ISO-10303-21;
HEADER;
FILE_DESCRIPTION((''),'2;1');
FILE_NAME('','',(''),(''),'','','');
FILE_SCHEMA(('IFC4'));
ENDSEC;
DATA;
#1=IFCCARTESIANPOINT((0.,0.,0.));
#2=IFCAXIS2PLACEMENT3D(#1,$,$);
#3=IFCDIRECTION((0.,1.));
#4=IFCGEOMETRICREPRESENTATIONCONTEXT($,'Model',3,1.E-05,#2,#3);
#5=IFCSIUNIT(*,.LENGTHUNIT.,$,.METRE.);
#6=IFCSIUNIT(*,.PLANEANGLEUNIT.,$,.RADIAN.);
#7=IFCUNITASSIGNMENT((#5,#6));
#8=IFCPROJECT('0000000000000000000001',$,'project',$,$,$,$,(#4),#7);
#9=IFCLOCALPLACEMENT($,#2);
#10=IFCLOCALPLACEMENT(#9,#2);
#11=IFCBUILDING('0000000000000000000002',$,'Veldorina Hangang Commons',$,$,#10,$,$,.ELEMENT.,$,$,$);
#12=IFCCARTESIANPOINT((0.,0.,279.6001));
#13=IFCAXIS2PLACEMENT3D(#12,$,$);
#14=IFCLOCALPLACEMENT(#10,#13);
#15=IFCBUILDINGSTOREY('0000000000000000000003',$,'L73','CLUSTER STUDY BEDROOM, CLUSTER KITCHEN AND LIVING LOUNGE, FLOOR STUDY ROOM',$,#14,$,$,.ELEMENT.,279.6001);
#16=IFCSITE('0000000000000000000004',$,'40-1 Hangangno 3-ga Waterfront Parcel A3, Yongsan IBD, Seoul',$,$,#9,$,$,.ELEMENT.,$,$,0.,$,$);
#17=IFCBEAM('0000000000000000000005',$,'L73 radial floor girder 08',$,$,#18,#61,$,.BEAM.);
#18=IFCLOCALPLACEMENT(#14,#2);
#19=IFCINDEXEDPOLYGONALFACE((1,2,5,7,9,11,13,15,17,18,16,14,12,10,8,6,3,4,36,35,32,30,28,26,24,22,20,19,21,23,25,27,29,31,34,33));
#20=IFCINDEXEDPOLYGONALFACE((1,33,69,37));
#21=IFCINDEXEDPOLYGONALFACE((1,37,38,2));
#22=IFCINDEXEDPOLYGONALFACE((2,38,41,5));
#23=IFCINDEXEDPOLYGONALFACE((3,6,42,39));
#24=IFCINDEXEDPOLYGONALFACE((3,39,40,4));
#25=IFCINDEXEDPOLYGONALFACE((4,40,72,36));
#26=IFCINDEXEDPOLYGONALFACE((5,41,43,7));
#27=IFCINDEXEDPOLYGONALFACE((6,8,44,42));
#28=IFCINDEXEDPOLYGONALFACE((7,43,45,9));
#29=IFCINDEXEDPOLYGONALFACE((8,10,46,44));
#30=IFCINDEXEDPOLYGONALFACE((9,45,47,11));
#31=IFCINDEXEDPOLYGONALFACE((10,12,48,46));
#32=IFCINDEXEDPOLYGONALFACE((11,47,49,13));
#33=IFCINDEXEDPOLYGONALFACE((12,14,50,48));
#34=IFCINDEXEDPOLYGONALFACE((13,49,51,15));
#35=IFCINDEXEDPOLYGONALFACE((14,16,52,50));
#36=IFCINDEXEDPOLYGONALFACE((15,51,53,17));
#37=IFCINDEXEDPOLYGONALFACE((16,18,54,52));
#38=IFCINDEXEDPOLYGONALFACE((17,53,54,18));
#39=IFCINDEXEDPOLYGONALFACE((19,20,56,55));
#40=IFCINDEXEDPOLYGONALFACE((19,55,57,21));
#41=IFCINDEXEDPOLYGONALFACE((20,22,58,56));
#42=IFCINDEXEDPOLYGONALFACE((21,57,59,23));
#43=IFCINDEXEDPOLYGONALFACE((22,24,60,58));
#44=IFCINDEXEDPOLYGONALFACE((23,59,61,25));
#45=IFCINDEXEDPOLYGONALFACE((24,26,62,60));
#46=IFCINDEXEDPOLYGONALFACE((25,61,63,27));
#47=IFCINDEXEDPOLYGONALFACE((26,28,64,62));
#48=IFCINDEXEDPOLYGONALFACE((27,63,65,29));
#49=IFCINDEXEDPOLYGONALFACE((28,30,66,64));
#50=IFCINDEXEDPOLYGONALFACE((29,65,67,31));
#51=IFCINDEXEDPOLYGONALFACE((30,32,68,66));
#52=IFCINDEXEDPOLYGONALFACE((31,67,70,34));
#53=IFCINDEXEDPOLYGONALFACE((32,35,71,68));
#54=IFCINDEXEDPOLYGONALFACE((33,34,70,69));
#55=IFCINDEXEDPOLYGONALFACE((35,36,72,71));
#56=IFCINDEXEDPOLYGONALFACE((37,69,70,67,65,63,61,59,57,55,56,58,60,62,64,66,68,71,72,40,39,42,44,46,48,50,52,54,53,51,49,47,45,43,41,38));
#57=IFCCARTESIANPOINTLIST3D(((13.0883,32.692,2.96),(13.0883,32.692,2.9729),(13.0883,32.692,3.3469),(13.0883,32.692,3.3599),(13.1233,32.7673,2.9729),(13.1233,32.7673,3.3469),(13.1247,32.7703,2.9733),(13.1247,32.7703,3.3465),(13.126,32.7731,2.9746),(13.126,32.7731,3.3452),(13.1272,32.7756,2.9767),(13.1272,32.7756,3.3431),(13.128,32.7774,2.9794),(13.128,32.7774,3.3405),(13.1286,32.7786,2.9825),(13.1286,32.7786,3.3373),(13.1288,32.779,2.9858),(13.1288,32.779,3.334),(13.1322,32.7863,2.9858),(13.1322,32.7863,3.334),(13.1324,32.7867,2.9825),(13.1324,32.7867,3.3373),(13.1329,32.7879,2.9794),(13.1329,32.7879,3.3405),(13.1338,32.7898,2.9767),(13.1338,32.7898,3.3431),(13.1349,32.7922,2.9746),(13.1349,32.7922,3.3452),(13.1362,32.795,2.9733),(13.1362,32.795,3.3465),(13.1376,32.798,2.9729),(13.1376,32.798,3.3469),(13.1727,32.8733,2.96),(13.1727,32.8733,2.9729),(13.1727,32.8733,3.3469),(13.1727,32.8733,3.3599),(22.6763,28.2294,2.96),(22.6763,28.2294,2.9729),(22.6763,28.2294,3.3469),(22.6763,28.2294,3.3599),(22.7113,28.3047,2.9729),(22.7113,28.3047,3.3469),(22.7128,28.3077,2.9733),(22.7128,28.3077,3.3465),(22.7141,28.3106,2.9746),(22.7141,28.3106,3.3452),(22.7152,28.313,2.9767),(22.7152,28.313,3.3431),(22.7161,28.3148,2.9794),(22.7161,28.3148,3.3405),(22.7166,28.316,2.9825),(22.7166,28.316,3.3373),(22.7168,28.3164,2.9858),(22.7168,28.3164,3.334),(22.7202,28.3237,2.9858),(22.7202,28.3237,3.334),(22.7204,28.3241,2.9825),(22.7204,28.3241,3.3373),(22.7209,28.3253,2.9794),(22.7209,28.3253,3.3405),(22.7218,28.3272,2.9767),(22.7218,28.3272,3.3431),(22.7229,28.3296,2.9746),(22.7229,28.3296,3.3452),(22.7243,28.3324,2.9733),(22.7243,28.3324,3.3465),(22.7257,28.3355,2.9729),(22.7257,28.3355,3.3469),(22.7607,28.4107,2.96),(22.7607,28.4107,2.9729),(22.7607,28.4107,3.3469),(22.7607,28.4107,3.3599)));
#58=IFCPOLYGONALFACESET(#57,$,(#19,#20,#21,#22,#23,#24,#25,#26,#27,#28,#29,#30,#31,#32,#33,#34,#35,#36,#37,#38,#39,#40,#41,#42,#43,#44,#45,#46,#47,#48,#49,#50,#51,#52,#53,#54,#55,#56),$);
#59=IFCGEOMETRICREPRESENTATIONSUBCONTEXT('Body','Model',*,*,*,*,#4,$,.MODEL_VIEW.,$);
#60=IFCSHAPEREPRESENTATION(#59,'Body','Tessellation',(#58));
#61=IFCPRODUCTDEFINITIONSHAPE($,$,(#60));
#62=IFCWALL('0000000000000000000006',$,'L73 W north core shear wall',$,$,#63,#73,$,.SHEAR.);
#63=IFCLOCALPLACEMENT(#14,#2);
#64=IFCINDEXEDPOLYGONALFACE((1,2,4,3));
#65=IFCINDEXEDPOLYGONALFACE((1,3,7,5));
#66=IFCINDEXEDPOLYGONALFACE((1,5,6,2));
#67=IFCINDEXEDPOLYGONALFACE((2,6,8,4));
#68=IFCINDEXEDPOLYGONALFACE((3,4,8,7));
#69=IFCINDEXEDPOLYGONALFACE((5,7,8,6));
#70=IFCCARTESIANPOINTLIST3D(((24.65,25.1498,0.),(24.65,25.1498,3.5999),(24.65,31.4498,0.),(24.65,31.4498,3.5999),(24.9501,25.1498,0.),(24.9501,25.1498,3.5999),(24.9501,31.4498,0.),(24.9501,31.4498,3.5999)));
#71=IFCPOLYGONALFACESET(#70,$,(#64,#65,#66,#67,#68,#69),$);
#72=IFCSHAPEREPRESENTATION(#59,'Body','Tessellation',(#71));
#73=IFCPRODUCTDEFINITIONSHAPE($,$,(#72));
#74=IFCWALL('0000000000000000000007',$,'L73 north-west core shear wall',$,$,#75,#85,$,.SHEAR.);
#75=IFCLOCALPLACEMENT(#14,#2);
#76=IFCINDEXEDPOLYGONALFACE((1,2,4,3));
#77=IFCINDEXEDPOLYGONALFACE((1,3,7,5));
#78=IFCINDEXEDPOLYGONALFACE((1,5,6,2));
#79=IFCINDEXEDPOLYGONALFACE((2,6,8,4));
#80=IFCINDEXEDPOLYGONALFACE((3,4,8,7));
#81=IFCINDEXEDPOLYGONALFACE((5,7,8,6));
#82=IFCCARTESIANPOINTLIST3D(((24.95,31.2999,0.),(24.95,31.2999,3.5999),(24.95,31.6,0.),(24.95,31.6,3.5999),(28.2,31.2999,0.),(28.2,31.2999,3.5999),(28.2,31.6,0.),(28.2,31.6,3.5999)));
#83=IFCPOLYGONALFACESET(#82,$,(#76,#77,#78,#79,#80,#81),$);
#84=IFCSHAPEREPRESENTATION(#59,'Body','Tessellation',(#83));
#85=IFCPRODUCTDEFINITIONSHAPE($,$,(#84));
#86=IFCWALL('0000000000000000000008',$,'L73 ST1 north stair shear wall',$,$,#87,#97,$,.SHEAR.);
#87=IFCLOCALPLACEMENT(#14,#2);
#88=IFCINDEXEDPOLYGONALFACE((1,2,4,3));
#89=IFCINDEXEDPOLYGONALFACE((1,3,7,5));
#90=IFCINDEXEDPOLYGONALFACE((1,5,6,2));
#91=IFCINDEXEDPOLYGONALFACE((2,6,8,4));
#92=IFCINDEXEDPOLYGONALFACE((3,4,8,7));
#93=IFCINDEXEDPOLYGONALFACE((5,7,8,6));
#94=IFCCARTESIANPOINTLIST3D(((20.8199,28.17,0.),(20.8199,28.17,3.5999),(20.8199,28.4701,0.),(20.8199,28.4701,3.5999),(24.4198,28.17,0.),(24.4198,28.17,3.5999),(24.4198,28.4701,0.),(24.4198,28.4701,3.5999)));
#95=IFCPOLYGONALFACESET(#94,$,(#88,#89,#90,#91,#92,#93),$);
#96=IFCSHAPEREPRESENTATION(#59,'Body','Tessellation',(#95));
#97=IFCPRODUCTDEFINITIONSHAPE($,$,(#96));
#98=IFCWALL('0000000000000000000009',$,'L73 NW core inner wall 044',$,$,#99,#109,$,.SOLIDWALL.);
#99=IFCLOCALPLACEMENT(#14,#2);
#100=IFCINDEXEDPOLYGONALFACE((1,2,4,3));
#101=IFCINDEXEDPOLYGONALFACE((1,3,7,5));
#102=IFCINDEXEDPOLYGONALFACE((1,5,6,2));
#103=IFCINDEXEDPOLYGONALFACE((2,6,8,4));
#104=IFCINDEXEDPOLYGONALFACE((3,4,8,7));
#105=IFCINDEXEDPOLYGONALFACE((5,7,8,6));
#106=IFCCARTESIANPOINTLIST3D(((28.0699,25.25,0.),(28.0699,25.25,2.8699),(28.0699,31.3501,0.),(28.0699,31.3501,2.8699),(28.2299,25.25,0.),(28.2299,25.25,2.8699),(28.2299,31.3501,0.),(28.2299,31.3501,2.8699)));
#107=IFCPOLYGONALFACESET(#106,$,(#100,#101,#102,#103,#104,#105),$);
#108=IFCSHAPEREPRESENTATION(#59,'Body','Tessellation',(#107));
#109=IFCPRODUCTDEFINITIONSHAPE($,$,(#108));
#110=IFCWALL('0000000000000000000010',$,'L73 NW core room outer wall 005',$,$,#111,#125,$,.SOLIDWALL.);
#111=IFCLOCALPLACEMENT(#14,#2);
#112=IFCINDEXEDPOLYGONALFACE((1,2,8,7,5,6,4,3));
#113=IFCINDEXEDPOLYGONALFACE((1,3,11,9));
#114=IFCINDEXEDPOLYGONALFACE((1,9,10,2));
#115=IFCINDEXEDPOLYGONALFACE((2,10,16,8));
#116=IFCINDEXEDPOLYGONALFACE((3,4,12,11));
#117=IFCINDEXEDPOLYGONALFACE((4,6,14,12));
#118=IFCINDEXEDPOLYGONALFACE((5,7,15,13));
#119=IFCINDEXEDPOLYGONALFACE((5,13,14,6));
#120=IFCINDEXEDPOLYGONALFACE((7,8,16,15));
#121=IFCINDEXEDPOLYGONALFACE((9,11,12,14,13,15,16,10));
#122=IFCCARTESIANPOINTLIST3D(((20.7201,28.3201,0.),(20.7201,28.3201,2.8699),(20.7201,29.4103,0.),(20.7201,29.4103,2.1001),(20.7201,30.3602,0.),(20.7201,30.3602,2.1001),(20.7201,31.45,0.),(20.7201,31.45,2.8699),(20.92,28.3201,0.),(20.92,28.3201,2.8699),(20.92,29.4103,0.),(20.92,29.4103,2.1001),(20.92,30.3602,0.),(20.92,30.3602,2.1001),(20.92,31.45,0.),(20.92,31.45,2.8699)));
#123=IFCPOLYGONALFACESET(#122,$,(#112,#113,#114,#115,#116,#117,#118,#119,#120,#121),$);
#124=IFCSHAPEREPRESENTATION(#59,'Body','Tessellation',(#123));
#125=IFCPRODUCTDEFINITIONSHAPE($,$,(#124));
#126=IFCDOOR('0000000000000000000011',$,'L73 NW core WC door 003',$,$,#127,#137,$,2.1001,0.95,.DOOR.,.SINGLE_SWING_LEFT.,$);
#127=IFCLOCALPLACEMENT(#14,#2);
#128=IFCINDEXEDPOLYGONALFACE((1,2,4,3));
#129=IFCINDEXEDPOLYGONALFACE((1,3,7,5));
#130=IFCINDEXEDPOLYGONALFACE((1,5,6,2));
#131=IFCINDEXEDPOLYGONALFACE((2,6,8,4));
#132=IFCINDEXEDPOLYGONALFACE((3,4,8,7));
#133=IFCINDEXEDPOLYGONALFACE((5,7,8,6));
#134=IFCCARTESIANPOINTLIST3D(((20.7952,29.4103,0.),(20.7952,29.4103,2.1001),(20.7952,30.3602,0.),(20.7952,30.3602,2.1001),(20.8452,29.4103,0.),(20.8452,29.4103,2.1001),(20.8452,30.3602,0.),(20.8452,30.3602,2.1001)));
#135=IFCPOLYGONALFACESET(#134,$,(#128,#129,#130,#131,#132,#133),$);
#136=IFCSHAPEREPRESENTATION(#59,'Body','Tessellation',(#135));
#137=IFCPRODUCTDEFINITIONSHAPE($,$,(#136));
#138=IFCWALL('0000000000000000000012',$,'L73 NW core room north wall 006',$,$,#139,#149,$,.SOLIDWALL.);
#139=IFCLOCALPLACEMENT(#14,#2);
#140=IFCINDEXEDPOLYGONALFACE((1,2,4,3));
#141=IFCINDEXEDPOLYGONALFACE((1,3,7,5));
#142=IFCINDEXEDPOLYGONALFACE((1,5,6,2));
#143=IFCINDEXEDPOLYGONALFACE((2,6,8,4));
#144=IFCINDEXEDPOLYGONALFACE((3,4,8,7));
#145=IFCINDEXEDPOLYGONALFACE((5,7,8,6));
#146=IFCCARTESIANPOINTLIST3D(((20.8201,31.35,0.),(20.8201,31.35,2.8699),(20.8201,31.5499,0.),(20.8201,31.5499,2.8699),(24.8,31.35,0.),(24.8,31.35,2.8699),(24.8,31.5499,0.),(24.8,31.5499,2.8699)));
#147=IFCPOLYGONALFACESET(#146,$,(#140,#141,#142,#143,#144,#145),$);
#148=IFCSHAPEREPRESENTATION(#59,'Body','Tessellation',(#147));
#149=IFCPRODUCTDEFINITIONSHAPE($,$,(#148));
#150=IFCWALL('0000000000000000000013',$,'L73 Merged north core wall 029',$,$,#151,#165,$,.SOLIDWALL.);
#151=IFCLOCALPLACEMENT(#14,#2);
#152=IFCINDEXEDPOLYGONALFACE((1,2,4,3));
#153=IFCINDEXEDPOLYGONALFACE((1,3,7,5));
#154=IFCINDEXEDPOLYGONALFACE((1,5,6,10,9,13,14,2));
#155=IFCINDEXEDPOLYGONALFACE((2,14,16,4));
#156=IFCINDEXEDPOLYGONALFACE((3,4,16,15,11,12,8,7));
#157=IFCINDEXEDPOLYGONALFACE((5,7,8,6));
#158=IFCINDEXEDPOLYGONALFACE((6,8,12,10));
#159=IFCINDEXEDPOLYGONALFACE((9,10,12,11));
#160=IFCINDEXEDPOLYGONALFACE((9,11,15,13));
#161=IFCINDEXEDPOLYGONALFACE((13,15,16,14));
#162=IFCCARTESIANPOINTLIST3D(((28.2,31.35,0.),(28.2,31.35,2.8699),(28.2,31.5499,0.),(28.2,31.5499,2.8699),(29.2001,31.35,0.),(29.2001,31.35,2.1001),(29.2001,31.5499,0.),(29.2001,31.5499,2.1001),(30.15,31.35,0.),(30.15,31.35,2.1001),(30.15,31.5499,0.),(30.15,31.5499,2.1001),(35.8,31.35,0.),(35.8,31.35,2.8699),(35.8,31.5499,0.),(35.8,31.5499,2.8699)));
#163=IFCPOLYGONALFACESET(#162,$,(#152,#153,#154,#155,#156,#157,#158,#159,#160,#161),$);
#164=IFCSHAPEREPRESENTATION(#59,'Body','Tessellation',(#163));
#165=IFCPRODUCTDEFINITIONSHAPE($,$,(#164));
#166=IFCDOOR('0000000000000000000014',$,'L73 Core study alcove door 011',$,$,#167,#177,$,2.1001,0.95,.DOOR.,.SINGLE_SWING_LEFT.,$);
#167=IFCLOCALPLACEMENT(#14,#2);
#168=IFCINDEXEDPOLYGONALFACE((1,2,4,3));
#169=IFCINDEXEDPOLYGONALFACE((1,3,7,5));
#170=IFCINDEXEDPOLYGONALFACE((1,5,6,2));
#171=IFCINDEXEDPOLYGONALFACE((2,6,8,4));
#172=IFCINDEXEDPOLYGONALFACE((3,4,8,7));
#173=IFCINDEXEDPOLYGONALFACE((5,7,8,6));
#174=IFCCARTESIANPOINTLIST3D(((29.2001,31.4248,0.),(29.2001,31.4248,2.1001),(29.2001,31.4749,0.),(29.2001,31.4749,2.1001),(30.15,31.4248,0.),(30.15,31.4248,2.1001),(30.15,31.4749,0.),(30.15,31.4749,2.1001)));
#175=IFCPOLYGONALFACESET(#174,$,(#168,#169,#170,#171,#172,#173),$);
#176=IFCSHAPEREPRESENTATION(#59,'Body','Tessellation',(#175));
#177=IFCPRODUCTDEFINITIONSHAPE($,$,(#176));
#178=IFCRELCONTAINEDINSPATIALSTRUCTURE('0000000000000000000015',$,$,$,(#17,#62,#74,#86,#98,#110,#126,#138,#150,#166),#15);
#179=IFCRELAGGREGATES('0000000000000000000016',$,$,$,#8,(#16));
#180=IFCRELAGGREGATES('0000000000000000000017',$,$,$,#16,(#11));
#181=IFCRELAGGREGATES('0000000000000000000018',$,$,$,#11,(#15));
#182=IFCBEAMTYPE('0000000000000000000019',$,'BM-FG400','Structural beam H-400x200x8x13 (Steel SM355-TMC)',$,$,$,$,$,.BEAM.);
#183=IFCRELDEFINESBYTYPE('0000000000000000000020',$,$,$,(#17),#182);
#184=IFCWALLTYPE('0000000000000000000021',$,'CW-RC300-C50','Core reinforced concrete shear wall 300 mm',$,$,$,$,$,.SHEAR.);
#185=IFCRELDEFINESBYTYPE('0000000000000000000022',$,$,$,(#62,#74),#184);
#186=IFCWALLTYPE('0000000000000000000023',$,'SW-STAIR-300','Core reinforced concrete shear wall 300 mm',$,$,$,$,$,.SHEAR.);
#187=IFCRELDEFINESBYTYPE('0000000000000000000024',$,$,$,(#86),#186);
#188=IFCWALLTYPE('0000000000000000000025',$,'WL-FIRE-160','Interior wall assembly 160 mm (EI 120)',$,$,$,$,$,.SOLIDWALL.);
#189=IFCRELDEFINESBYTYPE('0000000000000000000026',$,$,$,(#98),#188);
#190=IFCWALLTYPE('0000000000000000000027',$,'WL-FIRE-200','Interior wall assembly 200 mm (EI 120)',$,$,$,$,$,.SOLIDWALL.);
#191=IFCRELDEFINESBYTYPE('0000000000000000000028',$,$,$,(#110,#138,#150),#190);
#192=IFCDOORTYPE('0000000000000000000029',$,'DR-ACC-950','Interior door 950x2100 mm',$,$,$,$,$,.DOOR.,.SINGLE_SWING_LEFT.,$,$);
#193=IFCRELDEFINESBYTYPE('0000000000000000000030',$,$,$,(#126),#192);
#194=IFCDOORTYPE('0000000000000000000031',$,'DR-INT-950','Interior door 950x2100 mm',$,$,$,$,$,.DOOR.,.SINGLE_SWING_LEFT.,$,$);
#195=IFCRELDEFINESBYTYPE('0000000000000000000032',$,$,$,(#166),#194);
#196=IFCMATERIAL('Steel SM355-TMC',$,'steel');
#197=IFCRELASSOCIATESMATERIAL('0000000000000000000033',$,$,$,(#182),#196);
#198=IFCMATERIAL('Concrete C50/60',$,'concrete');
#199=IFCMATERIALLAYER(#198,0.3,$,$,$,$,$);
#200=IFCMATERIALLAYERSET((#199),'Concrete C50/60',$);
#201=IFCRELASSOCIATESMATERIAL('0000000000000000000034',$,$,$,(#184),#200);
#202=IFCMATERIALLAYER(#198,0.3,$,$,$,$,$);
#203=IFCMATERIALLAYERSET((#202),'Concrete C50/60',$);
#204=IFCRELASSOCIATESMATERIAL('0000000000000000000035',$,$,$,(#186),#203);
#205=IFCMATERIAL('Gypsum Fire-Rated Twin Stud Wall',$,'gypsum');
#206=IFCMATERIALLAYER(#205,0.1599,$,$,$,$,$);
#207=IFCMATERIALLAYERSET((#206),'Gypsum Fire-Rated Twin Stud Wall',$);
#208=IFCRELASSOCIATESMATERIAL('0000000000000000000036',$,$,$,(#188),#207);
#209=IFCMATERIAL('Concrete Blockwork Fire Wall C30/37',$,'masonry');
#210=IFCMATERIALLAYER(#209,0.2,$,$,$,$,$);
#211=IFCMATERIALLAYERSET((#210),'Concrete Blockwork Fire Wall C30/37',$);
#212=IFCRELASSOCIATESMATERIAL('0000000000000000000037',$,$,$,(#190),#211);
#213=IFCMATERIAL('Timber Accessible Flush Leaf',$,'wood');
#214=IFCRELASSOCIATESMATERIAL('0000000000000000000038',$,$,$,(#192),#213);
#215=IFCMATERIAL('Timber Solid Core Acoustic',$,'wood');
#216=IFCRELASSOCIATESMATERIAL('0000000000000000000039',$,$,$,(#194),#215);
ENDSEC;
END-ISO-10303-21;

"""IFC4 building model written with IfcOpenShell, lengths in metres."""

from ifc_helpers import new_model, si_unit, direction, frame, frame_2d, origin, origin_2d, place, context, subcontext, project, spatial, rectangle, i_section, extrude, material, layer, layer_set, material_profile, profile_set, type_object, element, fill, save


model = new_model("IFC4")

# Units and contexts
model_context = context("Model", 3, precision=1e-05, world=origin(), true_north=direction((0.0, 1.0)))
body_context = subcontext(model_context, "Body", "Model", "MODEL_VIEW")
ifc_project = project(units=[si_unit("LENGTHUNIT", "METRE"), si_unit("PLANEANGLEUNIT", "RADIAN")], contexts=[model_context])

# Site, building, storey
site_placement = place(None, origin())
site = spatial("IfcSite", under=ifc_project, at=site_placement, Name="40-1 Hangangno 3-ga Waterfront Parcel A3, Yongsan IBD, Seoul", CompositionType="ELEMENT", RefElevation=0.0)
building_placement = place(site_placement, origin())
building = spatial("IfcBuilding", under=site, at=building_placement, Name="Veldorina Hangang Commons", CompositionType="ELEMENT")
storey_placement = place(building_placement, frame((0.0, 0.0, 279.6001)))
storey = spatial("IfcBuildingStorey", under=building, at=storey_placement, Name="L73", Description="CLUSTER STUDY BEDROOM, CLUSTER KITCHEN AND LIVING LOUNGE, FLOOR STUDY ROOM", CompositionType="ELEMENT", Elevation=279.6001)

# Beam
ifc_material_1 = material(Name="Concrete C50/60", Category="concrete")
ifc_material_2 = material(Name="Steel SM355-TMC", Category="steel")
ifc_material_profile_1 = material_profile(ifc_material_2, i_section(OverallWidth=0.2, OverallDepth=0.3999, WebThickness=0.0081, FlangeThickness=0.0129, FilletRadius=0.0129, at=origin_2d()), Name="H-400x200x8x13")
ifc_profile_set_1 = profile_set([ifc_material_profile_1], Name="Steel SM355-TMC")
beam_type_1 = type_object("IfcBeamType", Name="BM-FG400", Description="Structural beam H-400x200x8x13 (Steel SM355-TMC)", PredefinedType="BEAM", material=ifc_profile_set_1)
beam_1_placement = place(storey_placement, frame((22.7185, 28.3201, 3.1599), z_axis=(-0.906611, 0.421968, 0.0), x_axis=(-0.421968, -0.906611, 0.0)))
element("IfcBeam", 1, at=beam_1_placement, inside=storey, type_object=beam_type_1, Name="L73 radial floor girder 08", PredefinedType="BEAM", context=body_context, shape_type="SweptSolid", body=[
    extrude(i_section(OverallWidth=0.2, OverallDepth=0.3999, WebThickness=0.0081, FlangeThickness=0.0129, FilletRadius=0.0129, at=origin_2d()), origin(), (0.0, 0.0, 1.0), 10.5757),
])

# Walls
ifc_layer_1 = layer(ifc_material_1, 0.3)
ifc_layer_set_1 = layer_set([ifc_layer_1], Name="Concrete C50/60")
wall_type_1 = type_object("IfcWallType", Name="CW-RC300-C50", Description="Core reinforced concrete shear wall 300 mm", PredefinedType="SHEAR", material=ifc_layer_set_1)
wall_1_placement = place(storey_placement, frame((24.8, 25.1499, 0.0), z_axis=(0.0, 0.0, 1.0), x_axis=(0.0, 1.0, 0.0)))
element("IfcWall", 2, at=wall_1_placement, inside=storey, type_object=wall_type_1, Name="L73 W north core shear wall", PredefinedType="SHEAR", context=body_context, shape_type="SweptSolid", body=[
    extrude(rectangle(XDim=6.3, YDim=0.3, at=frame_2d((3.1499, 0.0))), origin(), (0.0, 0.0, 1.0), 3.5999),
])
wall_2_placement = place(storey_placement, frame((24.95, 31.45, 0.0), z_axis=(0.0, 0.0, 1.0), x_axis=(1.0, 0.0, 0.0)))
element("IfcWall", 3, at=wall_2_placement, inside=storey, type_object=wall_type_1, Name="L73 north-west core shear wall", PredefinedType="SHEAR", context=body_context, shape_type="SweptSolid", body=[
    extrude(rectangle(XDim=3.25, YDim=0.3, at=frame_2d((1.625, 0.0))), origin(), (0.0, 0.0, 1.0), 3.5999),
])
ifc_layer_2 = layer(ifc_material_1, 0.3)
ifc_layer_set_2 = layer_set([ifc_layer_2], Name="Concrete C50/60")
wall_type_2 = type_object("IfcWallType", Name="SW-STAIR-300", Description="Core reinforced concrete shear wall 300 mm", PredefinedType="SHEAR", material=ifc_layer_set_2)
wall_3_placement = place(storey_placement, frame((20.8201, 28.3201, 0.0), z_axis=(0.0, 0.0, 1.0), x_axis=(1.0, 0.0, 0.0)))
element("IfcWall", 4, at=wall_3_placement, inside=storey, type_object=wall_type_2, Name="L73 ST1 north stair shear wall", PredefinedType="SHEAR", context=body_context, shape_type="SweptSolid", body=[
    extrude(rectangle(XDim=3.5999, YDim=0.3, at=frame_2d((1.7998, 0.0))), origin(), (0.0, 0.0, 1.0), 3.5999),
])
ifc_material_3 = material(Name="Gypsum Fire-Rated Twin Stud Wall", Category="gypsum")
ifc_layer_3 = layer(ifc_material_3, 0.1599)
ifc_layer_set_3 = layer_set([ifc_layer_3], Name="Gypsum Fire-Rated Twin Stud Wall")
wall_type_3 = type_object("IfcWallType", Name="WL-FIRE-160", Description="Interior wall assembly 160 mm (EI 120)", PredefinedType="SOLIDWALL", material=ifc_layer_set_3)
wall_4_placement = place(storey_placement, frame((28.1499, 25.25, 0.0), z_axis=(0.0, 0.0, 1.0), x_axis=(0.0, 1.0, 0.0)))
element("IfcWall", 5, at=wall_4_placement, inside=storey, type_object=wall_type_3, Name="L73 NW core inner wall 044", PredefinedType="SOLIDWALL", context=body_context, shape_type="SweptSolid", body=[
    extrude(rectangle(XDim=6.1001, YDim=0.1599, at=frame_2d((3.05, 0.0))), origin(), (0.0, 0.0, 1.0), 2.8699),
])

# Wall, opening, door
ifc_material_4 = material(Name="Concrete Blockwork Fire Wall C30/37", Category="masonry")
ifc_layer_4 = layer(ifc_material_4, 0.2)
ifc_layer_set_4 = layer_set([ifc_layer_4], Name="Concrete Blockwork Fire Wall C30/37")
wall_type_4 = type_object("IfcWallType", Name="WL-FIRE-200", Description="Interior wall assembly 200 mm (EI 120)", PredefinedType="SOLIDWALL", material=ifc_layer_set_4)
wall_5_placement = place(storey_placement, frame((20.8201, 28.3201, 0.0), z_axis=(0.0, 0.0, 1.0), x_axis=(0.0, 1.0, 0.0)))
wall_5 = element("IfcWall", 6, at=wall_5_placement, inside=storey, type_object=wall_type_4, Name="L73 NW core room outer wall 005", PredefinedType="SOLIDWALL", context=body_context, shape_type="SweptSolid", body=[
    extrude(rectangle(XDim=3.1299, YDim=0.2, at=frame_2d((1.5649, 0.0))), origin(), (0.0, 0.0, 1.0), 2.8699),
])
opening_1_placement = place(wall_5_placement, frame((1.0901, 0.0, 0.0)))
opening_1 = element("IfcOpeningElement", 7, at=opening_1_placement, cuts=wall_5, PredefinedType="OPENING", context=body_context, shape_type="SweptSolid", body=[
    extrude(rectangle(XDim=0.95, YDim=2.1001, at=frame_2d((0.4751, 1.05))), frame((0.0, 0.1099, 0.0), z_axis=(0.0, -1.0, 0.0), x_axis=(1.0, 0.0, 0.0)), (0.0, 0.0, 1.0), 0.22),
])
ifc_material_5 = material(Name="Timber Accessible Flush Leaf", Category="wood")
door_type_1 = type_object("IfcDoorType", Name="DR-ACC-950", Description="Interior door 950x2100 mm", OperationType="SINGLE_SWING_LEFT", PredefinedType="DOOR", material=ifc_material_5)
door_1_placement = place(opening_1_placement, origin())
door_1 = element("IfcDoor", 8, at=door_1_placement, inside=storey, type_object=door_type_1, Name="L73 NW core WC door 003", OperationType="SINGLE_SWING_LEFT", OverallHeight=2.1001, OverallWidth=0.95, PredefinedType="DOOR", context=body_context, shape_type="SweptSolid", body=[
    extrude(rectangle(XDim=0.95, YDim=2.1001, at=frame_2d((0.4751, 1.05))), frame((0.0, 0.0249, 0.0), z_axis=(0.0, -1.0, 0.0), x_axis=(1.0, 0.0, 0.0)), (0.0, 0.0, 1.0), 0.05),
])
fill(opening_1, door_1)

# Wall
wall_6_placement = place(storey_placement, frame((20.8201, 31.45, 0.0), z_axis=(0.0, 0.0, 1.0), x_axis=(1.0, 0.0, 0.0)))
element("IfcWall", 9, at=wall_6_placement, inside=storey, type_object=wall_type_4, Name="L73 NW core room north wall 006", PredefinedType="SOLIDWALL", context=body_context, shape_type="SweptSolid", body=[
    extrude(rectangle(XDim=3.98, YDim=0.2, at=frame_2d((1.99, 0.0))), origin(), (0.0, 0.0, 1.0), 2.8699),
])

# Wall, opening, door
wall_7_placement = place(storey_placement, frame((28.2, 31.45, 0.0), z_axis=(0.0, 0.0, 1.0), x_axis=(1.0, 0.0, 0.0)))
wall_7 = element("IfcWall", 10, at=wall_7_placement, inside=storey, type_object=wall_type_4, Name="L73 Merged north core wall 029", PredefinedType="SOLIDWALL", context=body_context, shape_type="SweptSolid", body=[
    extrude(rectangle(XDim=7.6001, YDim=0.2, at=frame_2d((3.8, 0.0))), origin(), (0.0, 0.0, 1.0), 2.8699),
])
opening_2_placement = place(wall_7_placement, frame((1.0, 0.0, 0.0)))
opening_2 = element("IfcOpeningElement", 11, at=opening_2_placement, cuts=wall_7, PredefinedType="OPENING", context=body_context, shape_type="SweptSolid", body=[
    extrude(rectangle(XDim=0.95, YDim=2.1001, at=frame_2d((0.4751, 1.05))), frame((0.0, 0.1099, 0.0), z_axis=(0.0, -1.0, 0.0), x_axis=(1.0, 0.0, 0.0)), (0.0, 0.0, 1.0), 0.22),
])
ifc_material_6 = material(Name="Timber Solid Core Acoustic", Category="wood")
door_type_2 = type_object("IfcDoorType", Name="DR-INT-950", Description="Interior door 950x2100 mm", OperationType="SINGLE_SWING_LEFT", PredefinedType="DOOR", material=ifc_material_6)
door_2_placement = place(opening_2_placement, origin())
door_2 = element("IfcDoor", 12, at=door_2_placement, inside=storey, type_object=door_type_2, Name="L73 Core study alcove door 011", OperationType="SINGLE_SWING_LEFT", OverallHeight=2.1001, OverallWidth=0.95, PredefinedType="DOOR", context=body_context, shape_type="SweptSolid", body=[
    extrude(rectangle(XDim=0.95, YDim=2.1001, at=frame_2d((0.4751, 1.05))), frame((0.0, 0.0249, 0.0), z_axis=(0.0, -1.0, 0.0), x_axis=(1.0, 0.0, 0.0)), (0.0, 0.0, 1.0), 0.05),
])
fill(opening_2, door_2)

save(model, "model.ifc")
